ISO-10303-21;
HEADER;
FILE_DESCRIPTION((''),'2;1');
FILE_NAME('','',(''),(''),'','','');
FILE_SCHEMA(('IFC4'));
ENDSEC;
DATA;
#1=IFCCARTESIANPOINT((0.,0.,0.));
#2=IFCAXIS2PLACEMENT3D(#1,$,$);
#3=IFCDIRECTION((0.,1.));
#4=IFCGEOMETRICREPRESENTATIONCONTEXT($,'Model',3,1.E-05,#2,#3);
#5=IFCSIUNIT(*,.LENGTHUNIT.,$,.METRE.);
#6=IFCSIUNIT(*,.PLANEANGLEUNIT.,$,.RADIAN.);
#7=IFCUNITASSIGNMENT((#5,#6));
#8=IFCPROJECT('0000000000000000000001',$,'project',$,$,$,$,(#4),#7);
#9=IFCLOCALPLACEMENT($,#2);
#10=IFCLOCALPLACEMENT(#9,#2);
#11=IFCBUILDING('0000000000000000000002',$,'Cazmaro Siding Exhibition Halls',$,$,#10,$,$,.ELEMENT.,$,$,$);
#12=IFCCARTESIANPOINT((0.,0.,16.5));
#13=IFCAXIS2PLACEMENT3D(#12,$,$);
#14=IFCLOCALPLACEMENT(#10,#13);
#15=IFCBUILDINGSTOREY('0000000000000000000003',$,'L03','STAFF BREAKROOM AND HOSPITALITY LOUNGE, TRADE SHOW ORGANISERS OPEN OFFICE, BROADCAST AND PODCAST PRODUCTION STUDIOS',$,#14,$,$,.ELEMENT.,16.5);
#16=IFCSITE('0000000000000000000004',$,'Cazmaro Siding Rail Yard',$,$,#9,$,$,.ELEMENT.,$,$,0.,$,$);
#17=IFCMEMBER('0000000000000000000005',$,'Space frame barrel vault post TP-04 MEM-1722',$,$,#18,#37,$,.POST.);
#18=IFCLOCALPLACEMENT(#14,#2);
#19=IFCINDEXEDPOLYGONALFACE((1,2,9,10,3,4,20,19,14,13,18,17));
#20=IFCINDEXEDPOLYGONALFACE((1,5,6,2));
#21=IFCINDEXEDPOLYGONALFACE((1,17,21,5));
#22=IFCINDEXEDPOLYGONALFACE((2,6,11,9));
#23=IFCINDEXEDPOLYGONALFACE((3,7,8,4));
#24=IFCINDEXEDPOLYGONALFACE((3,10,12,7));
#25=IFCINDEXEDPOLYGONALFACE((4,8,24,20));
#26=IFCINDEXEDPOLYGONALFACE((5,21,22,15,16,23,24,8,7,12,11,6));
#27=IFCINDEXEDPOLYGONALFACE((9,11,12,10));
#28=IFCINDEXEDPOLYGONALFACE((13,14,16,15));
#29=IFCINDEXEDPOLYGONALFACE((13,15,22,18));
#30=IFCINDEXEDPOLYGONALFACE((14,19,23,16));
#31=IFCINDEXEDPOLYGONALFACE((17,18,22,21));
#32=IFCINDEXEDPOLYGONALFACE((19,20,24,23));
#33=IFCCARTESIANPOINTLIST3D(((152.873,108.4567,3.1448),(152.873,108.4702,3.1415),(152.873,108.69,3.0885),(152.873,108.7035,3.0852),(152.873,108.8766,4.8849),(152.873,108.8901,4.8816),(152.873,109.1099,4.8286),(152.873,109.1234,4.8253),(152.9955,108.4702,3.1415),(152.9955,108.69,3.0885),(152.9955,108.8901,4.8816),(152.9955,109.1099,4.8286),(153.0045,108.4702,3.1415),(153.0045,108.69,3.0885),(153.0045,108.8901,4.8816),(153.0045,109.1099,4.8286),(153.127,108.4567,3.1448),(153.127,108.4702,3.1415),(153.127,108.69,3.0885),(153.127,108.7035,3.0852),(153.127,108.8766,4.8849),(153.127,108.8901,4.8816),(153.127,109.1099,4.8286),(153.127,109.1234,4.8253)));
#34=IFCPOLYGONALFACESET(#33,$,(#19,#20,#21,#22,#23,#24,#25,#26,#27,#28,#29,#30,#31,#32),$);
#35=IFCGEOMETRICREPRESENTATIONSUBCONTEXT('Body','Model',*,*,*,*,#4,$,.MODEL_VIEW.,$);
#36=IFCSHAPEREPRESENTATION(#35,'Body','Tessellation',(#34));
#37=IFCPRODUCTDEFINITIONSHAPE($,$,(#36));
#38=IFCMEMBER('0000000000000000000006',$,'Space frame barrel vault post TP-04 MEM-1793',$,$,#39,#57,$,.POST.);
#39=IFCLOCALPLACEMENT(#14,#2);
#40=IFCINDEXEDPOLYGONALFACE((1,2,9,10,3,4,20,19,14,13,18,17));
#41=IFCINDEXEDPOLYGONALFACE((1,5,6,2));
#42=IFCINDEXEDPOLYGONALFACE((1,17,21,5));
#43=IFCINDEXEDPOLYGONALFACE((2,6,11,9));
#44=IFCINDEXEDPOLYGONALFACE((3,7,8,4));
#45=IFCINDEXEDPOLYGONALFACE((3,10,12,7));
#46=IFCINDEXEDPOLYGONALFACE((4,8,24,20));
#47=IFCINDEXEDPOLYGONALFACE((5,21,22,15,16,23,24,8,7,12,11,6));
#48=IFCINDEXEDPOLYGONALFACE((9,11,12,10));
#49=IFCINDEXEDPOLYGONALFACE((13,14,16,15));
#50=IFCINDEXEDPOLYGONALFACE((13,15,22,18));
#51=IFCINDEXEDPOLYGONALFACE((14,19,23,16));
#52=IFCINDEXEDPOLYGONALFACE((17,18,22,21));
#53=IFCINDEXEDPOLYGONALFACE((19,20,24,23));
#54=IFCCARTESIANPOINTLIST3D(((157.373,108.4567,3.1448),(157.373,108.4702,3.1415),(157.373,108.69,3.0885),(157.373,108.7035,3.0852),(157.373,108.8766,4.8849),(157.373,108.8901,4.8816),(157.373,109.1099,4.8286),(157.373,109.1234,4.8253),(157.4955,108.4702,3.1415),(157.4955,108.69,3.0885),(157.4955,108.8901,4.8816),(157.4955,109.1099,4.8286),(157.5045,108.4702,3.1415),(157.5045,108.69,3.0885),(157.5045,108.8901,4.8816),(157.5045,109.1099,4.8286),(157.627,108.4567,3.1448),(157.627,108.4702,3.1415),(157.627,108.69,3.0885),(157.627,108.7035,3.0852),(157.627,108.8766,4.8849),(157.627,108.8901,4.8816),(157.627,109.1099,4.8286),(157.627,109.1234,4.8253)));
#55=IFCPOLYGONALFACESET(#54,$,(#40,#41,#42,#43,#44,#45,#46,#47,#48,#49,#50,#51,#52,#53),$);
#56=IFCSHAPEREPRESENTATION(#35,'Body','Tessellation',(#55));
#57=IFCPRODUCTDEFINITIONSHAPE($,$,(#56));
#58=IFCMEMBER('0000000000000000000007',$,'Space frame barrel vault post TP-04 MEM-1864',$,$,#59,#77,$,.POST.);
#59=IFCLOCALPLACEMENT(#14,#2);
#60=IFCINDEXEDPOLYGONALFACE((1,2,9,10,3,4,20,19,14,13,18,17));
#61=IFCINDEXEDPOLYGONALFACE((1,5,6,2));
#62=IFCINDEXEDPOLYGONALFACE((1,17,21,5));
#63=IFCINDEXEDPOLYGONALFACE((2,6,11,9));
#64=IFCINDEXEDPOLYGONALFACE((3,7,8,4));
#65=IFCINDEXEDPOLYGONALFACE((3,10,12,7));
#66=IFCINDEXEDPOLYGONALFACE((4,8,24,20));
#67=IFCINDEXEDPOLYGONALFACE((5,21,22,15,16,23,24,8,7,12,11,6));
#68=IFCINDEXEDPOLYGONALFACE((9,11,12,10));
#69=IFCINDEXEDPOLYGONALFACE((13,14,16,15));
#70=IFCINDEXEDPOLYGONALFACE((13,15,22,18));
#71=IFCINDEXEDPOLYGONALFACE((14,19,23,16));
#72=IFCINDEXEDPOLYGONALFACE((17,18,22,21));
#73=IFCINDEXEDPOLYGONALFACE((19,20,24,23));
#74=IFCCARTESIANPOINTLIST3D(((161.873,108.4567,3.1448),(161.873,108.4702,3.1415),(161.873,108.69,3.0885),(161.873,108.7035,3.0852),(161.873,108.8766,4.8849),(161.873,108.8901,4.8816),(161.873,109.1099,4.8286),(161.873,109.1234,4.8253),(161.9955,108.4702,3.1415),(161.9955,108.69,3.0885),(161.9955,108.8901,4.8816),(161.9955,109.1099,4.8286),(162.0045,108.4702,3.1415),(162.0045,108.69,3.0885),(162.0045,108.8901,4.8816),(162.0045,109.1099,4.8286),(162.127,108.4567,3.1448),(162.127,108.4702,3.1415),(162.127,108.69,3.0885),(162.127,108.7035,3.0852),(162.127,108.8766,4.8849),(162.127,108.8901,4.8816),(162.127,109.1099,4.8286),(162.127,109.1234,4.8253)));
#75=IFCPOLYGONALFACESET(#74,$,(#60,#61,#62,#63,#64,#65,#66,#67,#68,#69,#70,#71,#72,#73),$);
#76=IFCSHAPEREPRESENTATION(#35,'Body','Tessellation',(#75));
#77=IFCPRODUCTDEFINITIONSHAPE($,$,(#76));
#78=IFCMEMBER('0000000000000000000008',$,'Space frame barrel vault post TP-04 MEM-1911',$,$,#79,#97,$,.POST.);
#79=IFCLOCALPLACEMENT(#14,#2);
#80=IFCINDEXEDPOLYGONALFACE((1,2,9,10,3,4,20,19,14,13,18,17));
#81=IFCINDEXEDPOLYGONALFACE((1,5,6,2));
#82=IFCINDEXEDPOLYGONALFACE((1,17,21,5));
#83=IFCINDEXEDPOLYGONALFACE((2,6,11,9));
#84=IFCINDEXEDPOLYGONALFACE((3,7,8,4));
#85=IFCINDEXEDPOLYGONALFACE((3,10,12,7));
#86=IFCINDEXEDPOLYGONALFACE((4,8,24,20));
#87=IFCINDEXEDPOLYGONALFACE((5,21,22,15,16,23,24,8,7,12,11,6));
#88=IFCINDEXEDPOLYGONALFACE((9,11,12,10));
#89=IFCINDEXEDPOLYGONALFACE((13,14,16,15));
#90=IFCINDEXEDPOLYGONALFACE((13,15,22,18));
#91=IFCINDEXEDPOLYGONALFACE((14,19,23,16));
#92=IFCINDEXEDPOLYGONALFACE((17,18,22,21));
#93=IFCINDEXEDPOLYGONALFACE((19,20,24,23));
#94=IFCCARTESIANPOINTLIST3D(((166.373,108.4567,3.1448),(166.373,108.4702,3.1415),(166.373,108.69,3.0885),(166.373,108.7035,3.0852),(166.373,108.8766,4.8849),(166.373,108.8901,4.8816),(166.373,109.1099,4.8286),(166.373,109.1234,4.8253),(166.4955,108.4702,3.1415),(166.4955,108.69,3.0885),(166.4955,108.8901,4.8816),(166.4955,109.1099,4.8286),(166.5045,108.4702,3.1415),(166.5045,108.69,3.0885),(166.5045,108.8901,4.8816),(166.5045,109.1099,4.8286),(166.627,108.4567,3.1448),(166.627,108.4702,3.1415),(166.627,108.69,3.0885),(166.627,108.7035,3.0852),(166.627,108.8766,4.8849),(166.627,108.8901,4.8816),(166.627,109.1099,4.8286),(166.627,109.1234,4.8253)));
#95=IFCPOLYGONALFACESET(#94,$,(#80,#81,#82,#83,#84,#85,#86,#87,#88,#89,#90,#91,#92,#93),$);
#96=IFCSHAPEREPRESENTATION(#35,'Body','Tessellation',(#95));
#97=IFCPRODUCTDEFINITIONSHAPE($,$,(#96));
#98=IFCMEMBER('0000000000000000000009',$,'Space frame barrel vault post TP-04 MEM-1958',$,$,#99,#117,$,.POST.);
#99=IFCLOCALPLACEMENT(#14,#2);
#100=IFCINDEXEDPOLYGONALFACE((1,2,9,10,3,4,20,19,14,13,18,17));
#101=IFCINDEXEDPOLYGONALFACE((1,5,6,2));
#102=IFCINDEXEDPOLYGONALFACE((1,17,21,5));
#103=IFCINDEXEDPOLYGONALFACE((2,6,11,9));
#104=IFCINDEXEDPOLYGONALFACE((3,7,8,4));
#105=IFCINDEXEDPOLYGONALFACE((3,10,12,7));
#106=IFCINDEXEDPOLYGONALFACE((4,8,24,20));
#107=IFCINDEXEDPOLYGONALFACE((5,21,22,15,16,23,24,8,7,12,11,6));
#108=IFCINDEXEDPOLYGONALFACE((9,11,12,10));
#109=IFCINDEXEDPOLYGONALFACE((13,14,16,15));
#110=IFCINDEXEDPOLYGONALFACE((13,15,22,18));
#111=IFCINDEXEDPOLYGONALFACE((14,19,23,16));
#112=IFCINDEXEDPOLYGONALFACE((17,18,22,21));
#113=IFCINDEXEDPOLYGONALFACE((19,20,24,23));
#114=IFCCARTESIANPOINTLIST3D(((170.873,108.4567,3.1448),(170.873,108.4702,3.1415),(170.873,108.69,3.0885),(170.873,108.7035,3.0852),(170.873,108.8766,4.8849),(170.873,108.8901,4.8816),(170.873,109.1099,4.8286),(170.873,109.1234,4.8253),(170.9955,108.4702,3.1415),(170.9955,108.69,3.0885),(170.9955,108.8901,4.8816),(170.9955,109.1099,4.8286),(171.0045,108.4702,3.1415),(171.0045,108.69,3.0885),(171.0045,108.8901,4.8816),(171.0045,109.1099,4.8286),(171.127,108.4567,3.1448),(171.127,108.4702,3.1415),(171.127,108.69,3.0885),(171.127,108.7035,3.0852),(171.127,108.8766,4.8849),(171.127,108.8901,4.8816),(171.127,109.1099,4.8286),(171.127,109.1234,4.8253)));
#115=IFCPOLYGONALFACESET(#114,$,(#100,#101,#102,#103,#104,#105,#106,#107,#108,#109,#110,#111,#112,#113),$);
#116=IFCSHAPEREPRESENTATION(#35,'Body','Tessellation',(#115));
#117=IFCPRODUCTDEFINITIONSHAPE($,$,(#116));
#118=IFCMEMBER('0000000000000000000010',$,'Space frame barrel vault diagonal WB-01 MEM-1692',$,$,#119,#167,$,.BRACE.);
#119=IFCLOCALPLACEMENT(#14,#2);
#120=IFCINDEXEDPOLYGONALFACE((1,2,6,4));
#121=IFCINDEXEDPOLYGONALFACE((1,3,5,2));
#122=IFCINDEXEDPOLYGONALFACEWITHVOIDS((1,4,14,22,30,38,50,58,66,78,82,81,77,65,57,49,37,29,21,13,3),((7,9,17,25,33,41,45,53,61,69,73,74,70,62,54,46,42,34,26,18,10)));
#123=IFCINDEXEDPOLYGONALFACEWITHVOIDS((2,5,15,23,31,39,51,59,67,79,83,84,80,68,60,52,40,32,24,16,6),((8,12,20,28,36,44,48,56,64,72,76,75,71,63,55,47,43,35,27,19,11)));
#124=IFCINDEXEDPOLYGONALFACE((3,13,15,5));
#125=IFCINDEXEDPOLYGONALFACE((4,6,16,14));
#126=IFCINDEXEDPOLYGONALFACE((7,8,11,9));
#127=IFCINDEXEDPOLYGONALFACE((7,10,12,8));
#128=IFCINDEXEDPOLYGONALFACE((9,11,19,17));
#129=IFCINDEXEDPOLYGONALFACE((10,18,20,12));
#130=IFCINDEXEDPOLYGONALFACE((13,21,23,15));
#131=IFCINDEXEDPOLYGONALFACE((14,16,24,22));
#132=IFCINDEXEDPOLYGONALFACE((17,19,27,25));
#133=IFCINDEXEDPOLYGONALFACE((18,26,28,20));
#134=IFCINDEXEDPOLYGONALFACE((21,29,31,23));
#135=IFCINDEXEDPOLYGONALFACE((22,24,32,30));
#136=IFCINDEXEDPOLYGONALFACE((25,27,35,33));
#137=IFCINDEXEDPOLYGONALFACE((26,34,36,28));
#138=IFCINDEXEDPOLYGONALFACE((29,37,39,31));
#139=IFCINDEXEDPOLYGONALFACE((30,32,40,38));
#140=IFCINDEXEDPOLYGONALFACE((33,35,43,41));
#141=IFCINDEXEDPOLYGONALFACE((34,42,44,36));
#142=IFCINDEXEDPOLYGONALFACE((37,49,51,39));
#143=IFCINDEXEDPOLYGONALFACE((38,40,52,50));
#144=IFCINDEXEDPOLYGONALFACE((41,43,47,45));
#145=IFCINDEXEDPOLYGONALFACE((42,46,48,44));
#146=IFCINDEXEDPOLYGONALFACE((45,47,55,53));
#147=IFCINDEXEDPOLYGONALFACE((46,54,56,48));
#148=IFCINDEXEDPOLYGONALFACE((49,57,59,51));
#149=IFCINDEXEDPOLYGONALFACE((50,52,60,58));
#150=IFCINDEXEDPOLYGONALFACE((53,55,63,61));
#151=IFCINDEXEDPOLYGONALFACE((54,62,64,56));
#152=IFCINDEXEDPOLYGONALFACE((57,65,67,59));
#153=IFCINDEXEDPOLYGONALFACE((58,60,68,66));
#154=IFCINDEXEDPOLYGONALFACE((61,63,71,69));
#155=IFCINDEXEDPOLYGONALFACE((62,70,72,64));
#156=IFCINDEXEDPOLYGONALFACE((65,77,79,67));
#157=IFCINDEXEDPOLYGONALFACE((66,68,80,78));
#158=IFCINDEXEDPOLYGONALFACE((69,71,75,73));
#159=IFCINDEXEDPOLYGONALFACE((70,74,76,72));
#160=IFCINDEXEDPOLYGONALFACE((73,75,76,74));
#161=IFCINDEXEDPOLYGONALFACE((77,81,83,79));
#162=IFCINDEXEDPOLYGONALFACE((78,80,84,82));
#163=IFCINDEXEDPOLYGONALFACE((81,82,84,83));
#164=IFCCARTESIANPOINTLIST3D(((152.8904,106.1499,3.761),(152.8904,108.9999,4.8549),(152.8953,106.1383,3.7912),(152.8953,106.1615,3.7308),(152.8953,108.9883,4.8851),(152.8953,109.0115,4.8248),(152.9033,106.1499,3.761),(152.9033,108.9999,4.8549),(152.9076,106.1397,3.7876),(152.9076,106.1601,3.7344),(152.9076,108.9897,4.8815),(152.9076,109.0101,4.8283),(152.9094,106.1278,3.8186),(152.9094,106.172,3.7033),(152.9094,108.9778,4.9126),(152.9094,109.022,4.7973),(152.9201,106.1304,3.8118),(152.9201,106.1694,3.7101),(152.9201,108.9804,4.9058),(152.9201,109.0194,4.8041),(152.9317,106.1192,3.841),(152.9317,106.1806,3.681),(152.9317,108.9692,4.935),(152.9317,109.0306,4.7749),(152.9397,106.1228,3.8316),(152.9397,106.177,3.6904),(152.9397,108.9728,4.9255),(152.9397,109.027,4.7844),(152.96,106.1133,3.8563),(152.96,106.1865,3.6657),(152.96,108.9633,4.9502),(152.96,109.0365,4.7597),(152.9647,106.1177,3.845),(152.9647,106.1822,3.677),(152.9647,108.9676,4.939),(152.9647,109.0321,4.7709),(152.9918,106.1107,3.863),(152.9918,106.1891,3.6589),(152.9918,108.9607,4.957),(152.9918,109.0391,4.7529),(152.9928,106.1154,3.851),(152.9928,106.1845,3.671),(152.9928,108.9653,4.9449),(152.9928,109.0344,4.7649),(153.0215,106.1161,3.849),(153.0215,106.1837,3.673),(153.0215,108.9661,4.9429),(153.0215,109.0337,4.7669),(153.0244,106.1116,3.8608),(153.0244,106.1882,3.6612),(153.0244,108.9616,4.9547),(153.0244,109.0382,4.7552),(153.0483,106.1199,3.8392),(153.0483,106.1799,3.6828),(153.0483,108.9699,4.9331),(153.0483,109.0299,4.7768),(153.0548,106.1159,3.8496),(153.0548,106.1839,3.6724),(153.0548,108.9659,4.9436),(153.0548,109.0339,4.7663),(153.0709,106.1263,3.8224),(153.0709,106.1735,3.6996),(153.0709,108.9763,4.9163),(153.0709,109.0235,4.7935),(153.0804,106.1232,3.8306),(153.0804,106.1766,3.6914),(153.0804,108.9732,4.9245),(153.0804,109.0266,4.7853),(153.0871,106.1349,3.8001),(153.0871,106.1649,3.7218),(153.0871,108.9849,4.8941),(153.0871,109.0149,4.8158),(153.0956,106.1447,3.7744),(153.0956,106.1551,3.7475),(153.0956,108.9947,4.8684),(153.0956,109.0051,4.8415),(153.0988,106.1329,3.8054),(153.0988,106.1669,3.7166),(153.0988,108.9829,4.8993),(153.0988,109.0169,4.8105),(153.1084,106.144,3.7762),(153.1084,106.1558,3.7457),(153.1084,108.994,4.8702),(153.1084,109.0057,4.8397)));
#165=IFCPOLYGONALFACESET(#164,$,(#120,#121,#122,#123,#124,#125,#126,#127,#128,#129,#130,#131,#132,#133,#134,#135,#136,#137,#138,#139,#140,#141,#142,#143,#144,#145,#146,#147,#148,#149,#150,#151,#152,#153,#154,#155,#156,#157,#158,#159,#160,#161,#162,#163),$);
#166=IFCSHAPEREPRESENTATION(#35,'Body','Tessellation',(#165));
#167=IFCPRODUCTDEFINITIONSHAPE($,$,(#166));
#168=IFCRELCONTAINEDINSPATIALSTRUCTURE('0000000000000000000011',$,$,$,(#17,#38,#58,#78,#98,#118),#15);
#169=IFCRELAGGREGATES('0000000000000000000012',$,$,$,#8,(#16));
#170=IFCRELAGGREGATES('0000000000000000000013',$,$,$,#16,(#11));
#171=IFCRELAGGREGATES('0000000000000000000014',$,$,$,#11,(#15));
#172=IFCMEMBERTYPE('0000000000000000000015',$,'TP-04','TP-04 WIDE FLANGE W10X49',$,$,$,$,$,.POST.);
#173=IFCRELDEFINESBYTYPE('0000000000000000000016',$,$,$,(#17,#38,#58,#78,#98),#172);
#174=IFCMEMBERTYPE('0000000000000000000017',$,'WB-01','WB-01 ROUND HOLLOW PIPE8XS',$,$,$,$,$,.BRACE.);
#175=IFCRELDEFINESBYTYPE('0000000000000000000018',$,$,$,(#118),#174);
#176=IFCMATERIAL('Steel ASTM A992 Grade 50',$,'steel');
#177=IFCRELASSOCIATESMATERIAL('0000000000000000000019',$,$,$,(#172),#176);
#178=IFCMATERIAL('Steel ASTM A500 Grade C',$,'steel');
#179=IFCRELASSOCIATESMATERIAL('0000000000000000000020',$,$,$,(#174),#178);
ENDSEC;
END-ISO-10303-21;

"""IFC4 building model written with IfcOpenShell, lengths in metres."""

from ifc_helpers import new_model, si_unit, direction, frame, origin, origin_2d, place, context, subcontext, project, spatial, hollow_circle, i_section, extrude, material, material_profile, profile_set, type_object, element, save


model = new_model("IFC4")

# Units and contexts
model_context = context("Model", 3, precision=1e-05, world=origin(), true_north=direction((0.0, 1.0)))
body_context = subcontext(model_context, "Body", "Model", "MODEL_VIEW")
ifc_project = project(units=[si_unit("LENGTHUNIT", "METRE"), si_unit("PLANEANGLEUNIT", "RADIAN")], contexts=[model_context])

# Site, building, storey
site_placement = place(None, origin())
site = spatial("IfcSite", under=ifc_project, at=site_placement, Name="Cazmaro Siding Rail Yard", CompositionType="ELEMENT", RefElevation=0.0)
building_placement = place(site_placement, origin())
building = spatial("IfcBuilding", under=site, at=building_placement, Name="Cazmaro Siding Exhibition Halls", CompositionType="ELEMENT")
storey_placement = place(building_placement, frame((0.0, 0.0, 16.5)))
storey = spatial("IfcBuildingStorey", under=building, at=storey_placement, Name="L03", Description="STAFF BREAKROOM AND HOSPITALITY LOUNGE, TRADE SHOW ORGANISERS OPEN OFFICE, BROADCAST AND PODCAST PRODUCTION STUDIOS", CompositionType="ELEMENT", Elevation=16.5)

# Members
ifc_material_1 = material(Name="Steel ASTM A992 Grade 50", Category="steel")
ifc_material_profile_1 = material_profile(ifc_material_1, i_section(OverallWidth=0.2539, OverallDepth=0.2539, WebThickness=0.009, FlangeThickness=0.0139, at=origin_2d()), Name="W10X49")
ifc_profile_set_1 = profile_set([ifc_material_profile_1], Name="Steel ASTM A992 Grade 50")
member_type_1 = type_object("IfcMemberType", Name="TP-04", Description="TP-04 WIDE FLANGE W10X49", PredefinedType="POST", material=ifc_profile_set_1)
for number, where, z_axis, x_axis, name in (
    (1, (153.0, 108.5801, 3.115), (0.0, 0.234601, 0.972092), (-1.0, 0.0, 0.0), "Space frame barrel vault post TP-04 MEM-1722"),
    (2, (157.5, 108.5801, 3.115), (0.0, 0.234601, 0.972092), (-1.0, 0.0, 0.0), "Space frame barrel vault post TP-04 MEM-1793"),
    (3, (162.0, 108.5801, 3.115), (0.0, 0.234601, 0.972092), (-1.0, 0.0, 0.0), "Space frame barrel vault post TP-04 MEM-1864"),
    (4, (166.5, 108.5801, 3.115), (0.0, 0.234601, 0.972092), (-1.0, 0.0, 0.0), "Space frame barrel vault post TP-04 MEM-1911"),
    (5, (171.0, 108.5801, 3.115), (0.0, 0.234601, 0.972092), (-1.0, 0.0, 0.0), "Space frame barrel vault post TP-04 MEM-1958"),
):
    element("IfcMember", number, at=place(storey_placement, frame(where, z_axis=z_axis, x_axis=x_axis)), inside=storey, type_object=member_type_1, Name=name, PredefinedType="POST", context=body_context, shape_type="SweptSolid", body=[
        extrude(i_section(OverallWidth=0.2539, OverallDepth=0.2539, WebThickness=0.009, FlangeThickness=0.0139, at=origin_2d()), origin(), (0.0, 0.0, 1.0), 1.79),
    ])
ifc_material_2 = material(Name="Steel ASTM A500 Grade C", Category="steel")
ifc_material_profile_2 = material_profile(ifc_material_2, hollow_circle(Radius=0.1096, WallThickness=0.0129, at=origin_2d()), Name="PIPE8XS")
ifc_profile_set_2 = profile_set([ifc_material_profile_2], Name="Steel ASTM A500 Grade C")
member_type_2 = type_object("IfcMemberType", Name="WB-01", Description="WB-01 ROUND HOLLOW PIPE8XS", PredefinedType="BRACE", material=ifc_profile_set_2)
member_1_placement = place(storey_placement, frame((153.0, 106.1499, 3.761), z_axis=(0.0, 0.933587, 0.358352), x_axis=(-1.0, 0.0, 0.0)))
element("IfcMember", 6, at=member_1_placement, inside=storey, type_object=member_type_2, Name="Space frame barrel vault diagonal WB-01 MEM-1692", PredefinedType="BRACE", context=body_context, shape_type="SweptSolid", body=[
    extrude(hollow_circle(Radius=0.1096, WallThickness=0.0129, at=origin_2d()), origin(), (0.0, 0.0, 1.0), 3.0527),
])

save(model, "model.ifc")
